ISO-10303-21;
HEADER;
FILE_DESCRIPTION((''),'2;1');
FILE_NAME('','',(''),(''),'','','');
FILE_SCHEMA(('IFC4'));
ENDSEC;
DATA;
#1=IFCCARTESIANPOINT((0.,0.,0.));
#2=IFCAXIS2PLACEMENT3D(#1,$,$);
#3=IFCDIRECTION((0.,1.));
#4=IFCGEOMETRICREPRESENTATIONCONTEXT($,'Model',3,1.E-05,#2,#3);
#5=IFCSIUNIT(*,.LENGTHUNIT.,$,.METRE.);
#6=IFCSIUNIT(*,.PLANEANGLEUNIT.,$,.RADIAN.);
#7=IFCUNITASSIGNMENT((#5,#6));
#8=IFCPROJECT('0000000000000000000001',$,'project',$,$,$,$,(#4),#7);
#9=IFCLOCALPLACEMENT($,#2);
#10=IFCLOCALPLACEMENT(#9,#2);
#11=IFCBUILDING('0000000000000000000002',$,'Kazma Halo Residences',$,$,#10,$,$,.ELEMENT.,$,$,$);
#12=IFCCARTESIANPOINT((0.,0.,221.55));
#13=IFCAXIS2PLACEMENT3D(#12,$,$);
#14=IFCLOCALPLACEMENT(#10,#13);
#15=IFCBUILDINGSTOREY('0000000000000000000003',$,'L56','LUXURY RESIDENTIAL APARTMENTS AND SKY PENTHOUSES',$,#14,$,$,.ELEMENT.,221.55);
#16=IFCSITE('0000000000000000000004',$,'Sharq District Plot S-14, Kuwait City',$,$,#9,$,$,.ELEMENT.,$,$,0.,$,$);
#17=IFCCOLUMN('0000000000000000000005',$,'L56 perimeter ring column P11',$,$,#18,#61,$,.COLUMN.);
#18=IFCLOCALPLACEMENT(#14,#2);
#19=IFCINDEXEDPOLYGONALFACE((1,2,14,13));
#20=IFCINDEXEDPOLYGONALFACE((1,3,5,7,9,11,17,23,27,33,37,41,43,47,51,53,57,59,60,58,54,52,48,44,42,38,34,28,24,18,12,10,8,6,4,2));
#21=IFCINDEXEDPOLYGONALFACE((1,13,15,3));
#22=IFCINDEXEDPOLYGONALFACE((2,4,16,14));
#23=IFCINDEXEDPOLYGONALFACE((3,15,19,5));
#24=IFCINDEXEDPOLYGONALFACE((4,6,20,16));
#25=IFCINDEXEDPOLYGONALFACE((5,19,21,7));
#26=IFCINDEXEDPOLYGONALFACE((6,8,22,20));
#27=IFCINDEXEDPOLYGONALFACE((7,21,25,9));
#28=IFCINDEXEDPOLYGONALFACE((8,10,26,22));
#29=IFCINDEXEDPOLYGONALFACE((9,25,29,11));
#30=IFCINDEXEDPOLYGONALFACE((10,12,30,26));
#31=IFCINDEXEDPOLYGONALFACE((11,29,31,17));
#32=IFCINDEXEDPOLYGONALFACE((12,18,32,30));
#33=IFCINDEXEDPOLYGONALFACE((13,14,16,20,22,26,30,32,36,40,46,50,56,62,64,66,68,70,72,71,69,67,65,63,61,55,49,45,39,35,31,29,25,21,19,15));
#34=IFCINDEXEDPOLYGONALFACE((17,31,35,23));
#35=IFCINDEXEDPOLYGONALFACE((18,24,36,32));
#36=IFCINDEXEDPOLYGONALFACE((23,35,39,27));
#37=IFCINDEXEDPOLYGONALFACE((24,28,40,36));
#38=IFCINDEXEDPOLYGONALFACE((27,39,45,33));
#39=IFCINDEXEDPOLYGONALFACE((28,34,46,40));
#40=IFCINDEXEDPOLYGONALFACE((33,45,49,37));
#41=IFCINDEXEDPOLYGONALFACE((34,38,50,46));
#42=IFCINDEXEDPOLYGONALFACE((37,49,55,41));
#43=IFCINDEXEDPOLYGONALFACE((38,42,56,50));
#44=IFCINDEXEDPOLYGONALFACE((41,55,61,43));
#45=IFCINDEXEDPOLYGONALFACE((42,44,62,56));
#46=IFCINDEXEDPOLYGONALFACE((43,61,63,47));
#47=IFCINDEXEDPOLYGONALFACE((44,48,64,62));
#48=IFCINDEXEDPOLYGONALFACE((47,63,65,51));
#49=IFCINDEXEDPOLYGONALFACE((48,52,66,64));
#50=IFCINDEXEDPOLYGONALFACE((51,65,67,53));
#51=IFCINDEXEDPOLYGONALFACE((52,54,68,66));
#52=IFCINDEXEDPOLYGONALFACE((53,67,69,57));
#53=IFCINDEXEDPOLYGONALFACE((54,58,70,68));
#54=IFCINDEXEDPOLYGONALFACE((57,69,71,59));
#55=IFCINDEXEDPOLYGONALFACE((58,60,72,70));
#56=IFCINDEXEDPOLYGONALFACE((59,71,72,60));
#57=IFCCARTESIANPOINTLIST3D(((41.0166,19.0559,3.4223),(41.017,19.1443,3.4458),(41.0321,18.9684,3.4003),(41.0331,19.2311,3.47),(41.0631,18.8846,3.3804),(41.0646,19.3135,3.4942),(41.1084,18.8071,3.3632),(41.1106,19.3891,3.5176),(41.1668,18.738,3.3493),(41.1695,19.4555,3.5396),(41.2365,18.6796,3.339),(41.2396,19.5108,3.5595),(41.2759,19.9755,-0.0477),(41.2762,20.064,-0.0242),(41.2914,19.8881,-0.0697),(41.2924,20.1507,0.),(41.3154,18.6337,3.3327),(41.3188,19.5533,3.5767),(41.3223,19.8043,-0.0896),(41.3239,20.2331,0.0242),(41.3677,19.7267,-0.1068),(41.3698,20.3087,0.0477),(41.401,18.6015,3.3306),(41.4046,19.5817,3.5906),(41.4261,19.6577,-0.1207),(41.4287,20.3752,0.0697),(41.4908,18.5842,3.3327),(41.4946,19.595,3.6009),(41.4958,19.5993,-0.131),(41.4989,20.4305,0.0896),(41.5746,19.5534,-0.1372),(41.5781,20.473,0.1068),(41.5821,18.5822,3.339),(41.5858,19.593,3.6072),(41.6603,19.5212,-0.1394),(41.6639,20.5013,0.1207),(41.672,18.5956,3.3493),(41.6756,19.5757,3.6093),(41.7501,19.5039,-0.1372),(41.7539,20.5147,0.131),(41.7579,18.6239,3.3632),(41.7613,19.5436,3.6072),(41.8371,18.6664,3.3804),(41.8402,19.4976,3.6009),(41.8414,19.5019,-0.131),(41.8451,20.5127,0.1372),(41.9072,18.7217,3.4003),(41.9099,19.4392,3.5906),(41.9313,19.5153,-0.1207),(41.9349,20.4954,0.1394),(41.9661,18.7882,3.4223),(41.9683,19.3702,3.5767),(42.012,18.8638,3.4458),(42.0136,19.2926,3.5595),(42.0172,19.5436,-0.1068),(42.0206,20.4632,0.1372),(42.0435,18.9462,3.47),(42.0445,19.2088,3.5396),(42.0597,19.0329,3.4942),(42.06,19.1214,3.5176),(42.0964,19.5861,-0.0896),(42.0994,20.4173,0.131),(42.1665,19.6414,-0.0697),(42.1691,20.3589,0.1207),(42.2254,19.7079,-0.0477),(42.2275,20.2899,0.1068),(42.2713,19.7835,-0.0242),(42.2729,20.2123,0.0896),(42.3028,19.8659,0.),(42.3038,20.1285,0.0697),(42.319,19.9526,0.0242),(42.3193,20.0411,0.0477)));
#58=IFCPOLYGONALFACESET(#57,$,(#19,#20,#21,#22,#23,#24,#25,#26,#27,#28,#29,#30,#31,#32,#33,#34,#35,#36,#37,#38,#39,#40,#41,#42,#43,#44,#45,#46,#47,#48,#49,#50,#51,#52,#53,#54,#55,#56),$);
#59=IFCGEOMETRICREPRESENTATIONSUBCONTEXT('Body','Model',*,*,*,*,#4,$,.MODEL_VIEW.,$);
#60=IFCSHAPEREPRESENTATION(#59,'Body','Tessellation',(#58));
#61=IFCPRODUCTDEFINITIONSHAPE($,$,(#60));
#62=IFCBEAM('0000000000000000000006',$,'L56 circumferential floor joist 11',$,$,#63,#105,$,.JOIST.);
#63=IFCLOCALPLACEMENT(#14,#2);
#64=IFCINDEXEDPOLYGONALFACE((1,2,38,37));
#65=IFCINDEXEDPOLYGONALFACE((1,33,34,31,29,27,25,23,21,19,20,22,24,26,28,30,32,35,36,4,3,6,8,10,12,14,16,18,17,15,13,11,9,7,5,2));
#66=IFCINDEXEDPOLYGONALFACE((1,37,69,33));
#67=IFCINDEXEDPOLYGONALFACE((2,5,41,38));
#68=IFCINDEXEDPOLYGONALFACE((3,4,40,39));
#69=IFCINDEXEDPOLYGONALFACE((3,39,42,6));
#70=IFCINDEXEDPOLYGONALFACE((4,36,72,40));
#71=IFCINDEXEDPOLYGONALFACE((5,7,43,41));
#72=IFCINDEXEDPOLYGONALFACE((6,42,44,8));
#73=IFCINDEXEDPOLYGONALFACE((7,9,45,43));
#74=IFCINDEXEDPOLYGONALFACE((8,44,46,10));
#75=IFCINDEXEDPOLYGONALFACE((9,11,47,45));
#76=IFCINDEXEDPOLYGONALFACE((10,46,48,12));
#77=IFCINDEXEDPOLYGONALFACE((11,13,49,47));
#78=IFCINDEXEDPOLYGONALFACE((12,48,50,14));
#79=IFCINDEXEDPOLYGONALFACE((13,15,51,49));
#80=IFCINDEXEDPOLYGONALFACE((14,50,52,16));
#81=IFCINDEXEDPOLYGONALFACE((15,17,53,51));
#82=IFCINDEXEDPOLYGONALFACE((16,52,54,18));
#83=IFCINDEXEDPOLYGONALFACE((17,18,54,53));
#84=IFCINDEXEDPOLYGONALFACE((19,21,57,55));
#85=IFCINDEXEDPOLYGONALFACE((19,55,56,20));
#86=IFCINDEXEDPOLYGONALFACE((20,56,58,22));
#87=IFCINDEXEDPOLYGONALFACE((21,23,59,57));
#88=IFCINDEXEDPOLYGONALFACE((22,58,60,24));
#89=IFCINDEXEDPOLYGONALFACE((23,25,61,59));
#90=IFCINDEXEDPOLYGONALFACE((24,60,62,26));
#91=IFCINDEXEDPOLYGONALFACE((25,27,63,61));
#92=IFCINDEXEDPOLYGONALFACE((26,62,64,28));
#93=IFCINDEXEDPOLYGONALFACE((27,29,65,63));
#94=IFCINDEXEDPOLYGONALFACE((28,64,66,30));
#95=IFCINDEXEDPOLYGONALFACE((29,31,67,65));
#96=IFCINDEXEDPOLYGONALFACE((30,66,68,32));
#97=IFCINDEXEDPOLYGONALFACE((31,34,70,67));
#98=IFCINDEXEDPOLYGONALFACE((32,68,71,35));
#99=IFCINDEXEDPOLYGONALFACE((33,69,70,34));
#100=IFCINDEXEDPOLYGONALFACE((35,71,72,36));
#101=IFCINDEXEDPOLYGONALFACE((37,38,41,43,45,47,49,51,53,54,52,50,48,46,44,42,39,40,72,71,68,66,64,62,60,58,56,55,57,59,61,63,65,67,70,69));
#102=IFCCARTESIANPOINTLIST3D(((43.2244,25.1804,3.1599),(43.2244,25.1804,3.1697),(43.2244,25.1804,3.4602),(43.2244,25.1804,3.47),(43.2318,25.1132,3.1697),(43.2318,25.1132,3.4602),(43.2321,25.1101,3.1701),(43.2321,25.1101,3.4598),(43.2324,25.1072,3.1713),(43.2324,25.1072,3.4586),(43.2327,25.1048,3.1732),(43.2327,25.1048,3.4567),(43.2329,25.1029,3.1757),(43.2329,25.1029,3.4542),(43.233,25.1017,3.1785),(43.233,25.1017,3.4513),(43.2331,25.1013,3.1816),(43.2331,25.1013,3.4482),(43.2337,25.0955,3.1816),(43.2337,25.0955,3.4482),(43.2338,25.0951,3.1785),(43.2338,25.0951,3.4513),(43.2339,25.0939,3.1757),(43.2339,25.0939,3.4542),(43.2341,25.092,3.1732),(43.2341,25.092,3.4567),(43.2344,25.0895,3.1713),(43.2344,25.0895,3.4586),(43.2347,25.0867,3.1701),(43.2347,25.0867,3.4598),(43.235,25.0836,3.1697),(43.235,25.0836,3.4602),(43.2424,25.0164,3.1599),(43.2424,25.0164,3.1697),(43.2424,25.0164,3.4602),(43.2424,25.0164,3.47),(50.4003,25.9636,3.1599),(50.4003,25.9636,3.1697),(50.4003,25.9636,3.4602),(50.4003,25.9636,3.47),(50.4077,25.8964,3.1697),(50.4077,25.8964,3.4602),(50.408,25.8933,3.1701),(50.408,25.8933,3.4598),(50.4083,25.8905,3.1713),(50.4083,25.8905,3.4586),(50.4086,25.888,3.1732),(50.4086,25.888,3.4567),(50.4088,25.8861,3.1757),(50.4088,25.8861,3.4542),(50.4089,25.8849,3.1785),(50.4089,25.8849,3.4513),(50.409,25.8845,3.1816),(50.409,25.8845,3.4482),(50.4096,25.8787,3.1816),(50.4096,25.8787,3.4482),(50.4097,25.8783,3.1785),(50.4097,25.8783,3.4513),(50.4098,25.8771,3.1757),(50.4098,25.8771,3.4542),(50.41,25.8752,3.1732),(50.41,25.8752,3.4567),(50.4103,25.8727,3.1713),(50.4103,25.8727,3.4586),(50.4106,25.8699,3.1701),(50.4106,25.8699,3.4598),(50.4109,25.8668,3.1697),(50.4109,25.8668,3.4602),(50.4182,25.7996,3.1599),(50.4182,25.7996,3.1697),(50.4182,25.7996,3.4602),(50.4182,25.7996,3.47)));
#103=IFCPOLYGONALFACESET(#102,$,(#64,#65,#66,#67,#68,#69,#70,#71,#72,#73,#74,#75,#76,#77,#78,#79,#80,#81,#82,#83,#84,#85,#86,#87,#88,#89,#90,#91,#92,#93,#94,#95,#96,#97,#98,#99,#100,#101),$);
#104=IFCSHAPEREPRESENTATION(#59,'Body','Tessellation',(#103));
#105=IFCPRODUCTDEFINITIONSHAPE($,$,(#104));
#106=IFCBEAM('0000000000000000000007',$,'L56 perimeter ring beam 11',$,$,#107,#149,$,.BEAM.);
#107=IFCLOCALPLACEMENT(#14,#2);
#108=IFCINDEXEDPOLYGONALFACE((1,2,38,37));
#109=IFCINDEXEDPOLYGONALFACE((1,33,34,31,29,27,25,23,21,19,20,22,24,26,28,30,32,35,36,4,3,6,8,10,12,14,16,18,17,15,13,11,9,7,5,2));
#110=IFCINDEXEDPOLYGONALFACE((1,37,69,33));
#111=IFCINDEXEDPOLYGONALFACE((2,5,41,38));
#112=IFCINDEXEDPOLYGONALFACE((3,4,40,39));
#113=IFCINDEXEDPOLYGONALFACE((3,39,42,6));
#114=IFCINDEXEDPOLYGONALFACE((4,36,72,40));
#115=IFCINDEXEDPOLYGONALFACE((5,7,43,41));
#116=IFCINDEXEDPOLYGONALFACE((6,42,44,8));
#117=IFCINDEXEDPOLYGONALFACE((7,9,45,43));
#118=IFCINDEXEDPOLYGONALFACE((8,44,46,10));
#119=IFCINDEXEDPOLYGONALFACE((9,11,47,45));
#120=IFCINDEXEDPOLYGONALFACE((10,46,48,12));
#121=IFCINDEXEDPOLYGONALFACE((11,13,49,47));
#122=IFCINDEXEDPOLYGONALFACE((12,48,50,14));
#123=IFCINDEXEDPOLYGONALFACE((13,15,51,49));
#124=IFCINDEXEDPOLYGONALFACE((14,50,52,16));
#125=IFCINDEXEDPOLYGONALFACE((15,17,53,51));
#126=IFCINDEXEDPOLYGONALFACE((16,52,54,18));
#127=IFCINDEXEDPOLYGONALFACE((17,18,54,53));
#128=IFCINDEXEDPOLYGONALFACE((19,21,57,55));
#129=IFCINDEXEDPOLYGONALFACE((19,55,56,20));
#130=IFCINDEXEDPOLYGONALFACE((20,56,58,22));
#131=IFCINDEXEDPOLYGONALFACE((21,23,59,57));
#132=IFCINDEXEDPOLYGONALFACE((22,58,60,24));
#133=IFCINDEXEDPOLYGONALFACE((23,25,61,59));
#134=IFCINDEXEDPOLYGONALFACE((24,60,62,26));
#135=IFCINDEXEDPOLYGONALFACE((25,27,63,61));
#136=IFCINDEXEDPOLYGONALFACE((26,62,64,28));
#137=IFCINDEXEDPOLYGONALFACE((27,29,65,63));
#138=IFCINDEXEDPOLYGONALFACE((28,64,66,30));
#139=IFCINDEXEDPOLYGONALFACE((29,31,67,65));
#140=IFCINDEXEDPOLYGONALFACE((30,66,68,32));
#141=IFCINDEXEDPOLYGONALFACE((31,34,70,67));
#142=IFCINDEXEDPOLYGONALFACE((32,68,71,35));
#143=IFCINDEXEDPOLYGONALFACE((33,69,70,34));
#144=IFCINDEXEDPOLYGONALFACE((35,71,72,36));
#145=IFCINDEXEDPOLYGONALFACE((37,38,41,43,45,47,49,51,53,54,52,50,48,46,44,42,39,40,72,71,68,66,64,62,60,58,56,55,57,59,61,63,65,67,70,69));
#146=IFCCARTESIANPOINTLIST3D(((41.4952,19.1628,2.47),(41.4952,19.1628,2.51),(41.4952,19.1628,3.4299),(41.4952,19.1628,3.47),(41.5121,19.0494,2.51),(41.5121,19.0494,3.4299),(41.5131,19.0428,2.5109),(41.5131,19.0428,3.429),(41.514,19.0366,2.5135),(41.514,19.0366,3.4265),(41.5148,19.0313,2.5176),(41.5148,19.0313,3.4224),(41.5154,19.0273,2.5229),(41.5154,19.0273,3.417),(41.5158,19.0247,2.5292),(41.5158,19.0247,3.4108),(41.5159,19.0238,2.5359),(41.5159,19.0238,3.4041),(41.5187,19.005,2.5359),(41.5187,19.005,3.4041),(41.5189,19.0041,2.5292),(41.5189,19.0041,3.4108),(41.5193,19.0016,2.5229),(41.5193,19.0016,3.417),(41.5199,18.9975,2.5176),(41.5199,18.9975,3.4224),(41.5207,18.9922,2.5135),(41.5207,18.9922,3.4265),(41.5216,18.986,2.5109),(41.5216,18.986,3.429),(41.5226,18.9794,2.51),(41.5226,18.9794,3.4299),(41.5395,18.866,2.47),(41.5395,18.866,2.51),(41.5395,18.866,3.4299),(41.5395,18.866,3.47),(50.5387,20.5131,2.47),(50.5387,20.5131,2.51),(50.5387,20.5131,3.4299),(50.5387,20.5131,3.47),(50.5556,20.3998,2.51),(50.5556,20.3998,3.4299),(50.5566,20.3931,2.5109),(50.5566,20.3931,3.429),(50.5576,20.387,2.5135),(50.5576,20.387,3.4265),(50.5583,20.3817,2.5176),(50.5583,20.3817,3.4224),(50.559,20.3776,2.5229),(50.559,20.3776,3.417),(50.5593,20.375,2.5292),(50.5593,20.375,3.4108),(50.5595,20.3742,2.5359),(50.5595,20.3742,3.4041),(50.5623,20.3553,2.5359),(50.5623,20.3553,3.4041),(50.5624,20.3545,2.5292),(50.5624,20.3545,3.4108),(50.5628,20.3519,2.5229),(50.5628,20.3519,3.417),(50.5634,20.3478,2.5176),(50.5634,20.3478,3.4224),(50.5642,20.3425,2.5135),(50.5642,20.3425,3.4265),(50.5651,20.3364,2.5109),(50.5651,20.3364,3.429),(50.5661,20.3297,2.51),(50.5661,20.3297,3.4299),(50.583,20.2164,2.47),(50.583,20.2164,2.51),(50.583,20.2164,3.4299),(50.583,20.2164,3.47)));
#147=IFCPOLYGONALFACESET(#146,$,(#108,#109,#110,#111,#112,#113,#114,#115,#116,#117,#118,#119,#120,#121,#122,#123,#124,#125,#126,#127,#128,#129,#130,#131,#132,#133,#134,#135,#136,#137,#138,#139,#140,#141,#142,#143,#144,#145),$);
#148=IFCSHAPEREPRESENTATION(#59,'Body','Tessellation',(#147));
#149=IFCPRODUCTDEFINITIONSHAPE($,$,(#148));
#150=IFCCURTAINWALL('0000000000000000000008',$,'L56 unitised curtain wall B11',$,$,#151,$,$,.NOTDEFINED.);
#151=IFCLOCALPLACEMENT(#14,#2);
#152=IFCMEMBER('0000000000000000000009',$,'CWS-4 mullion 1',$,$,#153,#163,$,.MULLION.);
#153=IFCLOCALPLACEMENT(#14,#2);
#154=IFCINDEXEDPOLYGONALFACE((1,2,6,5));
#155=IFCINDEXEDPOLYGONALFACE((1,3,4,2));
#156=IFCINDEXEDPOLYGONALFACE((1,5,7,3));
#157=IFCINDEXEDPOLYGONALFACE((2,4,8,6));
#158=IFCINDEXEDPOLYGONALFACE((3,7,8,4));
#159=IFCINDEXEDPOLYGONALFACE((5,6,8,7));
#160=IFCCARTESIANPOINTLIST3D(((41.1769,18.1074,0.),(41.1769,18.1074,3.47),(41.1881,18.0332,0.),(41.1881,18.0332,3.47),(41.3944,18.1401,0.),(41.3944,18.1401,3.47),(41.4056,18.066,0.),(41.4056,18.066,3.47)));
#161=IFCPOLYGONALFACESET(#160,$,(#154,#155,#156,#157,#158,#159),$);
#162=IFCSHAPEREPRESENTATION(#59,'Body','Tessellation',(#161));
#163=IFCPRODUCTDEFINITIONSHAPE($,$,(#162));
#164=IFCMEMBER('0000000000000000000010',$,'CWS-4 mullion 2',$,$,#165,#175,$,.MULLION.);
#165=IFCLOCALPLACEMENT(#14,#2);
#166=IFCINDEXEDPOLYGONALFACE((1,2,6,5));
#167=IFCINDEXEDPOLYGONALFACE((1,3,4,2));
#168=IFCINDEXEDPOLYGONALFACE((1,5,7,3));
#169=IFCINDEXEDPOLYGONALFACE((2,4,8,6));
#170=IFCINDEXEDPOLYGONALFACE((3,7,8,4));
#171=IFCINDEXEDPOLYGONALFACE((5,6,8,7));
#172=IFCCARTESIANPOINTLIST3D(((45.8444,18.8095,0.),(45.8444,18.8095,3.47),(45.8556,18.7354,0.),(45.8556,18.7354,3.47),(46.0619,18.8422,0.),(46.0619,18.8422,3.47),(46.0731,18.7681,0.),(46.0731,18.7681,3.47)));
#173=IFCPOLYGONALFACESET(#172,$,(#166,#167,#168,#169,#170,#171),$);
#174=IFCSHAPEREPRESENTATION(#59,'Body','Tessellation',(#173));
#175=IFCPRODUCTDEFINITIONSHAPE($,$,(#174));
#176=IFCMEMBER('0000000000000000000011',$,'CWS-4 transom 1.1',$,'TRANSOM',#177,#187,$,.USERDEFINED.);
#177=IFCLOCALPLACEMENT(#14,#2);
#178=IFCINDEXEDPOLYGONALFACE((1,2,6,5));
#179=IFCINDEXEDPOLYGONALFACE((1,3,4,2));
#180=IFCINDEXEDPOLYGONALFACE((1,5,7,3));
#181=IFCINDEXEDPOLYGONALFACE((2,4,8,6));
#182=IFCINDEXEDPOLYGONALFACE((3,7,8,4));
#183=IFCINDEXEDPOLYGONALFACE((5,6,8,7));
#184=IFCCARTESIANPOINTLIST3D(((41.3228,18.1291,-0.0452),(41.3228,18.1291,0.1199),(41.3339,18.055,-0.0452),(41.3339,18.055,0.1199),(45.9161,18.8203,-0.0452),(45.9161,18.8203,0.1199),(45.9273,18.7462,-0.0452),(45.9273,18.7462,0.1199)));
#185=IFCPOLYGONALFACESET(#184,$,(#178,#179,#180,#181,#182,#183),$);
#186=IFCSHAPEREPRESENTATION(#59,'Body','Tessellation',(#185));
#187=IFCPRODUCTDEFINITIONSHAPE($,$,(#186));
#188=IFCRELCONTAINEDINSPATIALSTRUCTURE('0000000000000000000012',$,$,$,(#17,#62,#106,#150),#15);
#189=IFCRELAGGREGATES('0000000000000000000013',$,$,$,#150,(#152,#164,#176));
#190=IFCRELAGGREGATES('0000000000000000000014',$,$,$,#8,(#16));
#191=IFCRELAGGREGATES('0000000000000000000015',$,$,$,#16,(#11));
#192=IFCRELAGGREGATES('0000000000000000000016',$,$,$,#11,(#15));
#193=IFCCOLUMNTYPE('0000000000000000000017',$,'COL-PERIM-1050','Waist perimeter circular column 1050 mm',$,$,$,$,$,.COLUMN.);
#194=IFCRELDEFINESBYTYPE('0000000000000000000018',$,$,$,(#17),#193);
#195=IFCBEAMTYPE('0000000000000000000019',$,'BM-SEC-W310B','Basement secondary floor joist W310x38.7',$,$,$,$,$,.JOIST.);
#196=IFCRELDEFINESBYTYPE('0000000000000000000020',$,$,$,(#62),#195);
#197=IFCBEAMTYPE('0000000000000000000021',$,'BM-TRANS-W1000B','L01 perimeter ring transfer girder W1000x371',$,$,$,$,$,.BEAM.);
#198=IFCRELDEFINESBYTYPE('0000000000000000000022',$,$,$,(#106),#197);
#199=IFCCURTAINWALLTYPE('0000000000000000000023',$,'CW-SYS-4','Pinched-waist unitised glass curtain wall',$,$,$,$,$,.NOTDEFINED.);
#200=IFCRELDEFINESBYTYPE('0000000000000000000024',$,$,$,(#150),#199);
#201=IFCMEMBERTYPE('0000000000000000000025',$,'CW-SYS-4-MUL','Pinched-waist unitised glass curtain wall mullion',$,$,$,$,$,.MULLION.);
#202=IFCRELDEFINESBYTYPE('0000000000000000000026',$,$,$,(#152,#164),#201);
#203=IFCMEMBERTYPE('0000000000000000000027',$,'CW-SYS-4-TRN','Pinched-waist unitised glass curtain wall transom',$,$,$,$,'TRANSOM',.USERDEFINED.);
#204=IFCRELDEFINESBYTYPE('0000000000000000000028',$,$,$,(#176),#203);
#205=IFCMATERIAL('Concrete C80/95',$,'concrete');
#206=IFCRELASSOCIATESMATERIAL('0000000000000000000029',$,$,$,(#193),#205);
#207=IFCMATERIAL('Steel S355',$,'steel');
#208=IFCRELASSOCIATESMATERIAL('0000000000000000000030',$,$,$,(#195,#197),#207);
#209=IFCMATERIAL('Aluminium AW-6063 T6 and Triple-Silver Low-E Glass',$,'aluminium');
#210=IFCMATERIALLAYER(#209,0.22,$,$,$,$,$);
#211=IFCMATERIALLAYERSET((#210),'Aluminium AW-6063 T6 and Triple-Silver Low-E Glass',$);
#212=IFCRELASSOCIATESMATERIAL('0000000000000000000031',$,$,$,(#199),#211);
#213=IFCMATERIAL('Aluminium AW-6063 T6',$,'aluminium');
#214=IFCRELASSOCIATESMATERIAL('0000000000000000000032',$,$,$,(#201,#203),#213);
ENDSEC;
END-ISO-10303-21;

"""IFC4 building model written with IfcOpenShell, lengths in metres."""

from ifc_helpers import new_model, si_unit, direction, frame, origin, origin_2d, place, context, subcontext, project, spatial, rectangle, circle, i_section, extrude, material, layer, layer_set, material_profile, profile_set, type_object, element, aggregate, save


model = new_model("IFC4")

# Units and contexts
model_context = context("Model", 3, precision=1e-05, world=origin(), true_north=direction((0.0, 1.0)))
body_context = subcontext(model_context, "Body", "Model", "MODEL_VIEW")
ifc_project = project(units=[si_unit("LENGTHUNIT", "METRE"), si_unit("PLANEANGLEUNIT", "RADIAN")], contexts=[model_context])

# Site, building, storey
site_placement = place(None, origin())
site = spatial("IfcSite", under=ifc_project, at=site_placement, Name="Sharq District Plot S-14, Kuwait City", CompositionType="ELEMENT", RefElevation=0.0)
building_placement = place(site_placement, origin())
building = spatial("IfcBuilding", under=site, at=building_placement, Name="Kazma Halo Residences", CompositionType="ELEMENT")
storey_placement = place(building_placement, frame((0.0, 0.0, 221.55)))
storey = spatial("IfcBuildingStorey", under=building, at=storey_placement, Name="L56", Description="LUXURY RESIDENTIAL APARTMENTS AND SKY PENTHOUSES", CompositionType="ELEMENT", Elevation=221.55)

# Column
ifc_material_1 = material(Name="Concrete C80/95", Category="concrete")
ifc_material_profile_1 = material_profile(ifc_material_1, circle(Radius=0.5249, at=origin_2d()), Name="CIRC1050")
ifc_profile_set_1 = profile_set([ifc_material_profile_1], Name="Concrete C80/95")
column_type = type_object("IfcColumnType", Name="COL-PERIM-1050", Description="Waist perimeter circular column 1050 mm", PredefinedType="COLUMN", material=ifc_profile_set_1)
column_placement = place(storey_placement, frame((41.7976, 20.0083, 0.0), z_axis=(-0.072039, -0.255528, 0.964114), x_axis=(0.962482, -0.271345, 0.0)))
element("IfcColumn", 1, at=column_placement, inside=storey, type_object=column_type, Name="L56 perimeter ring column P11", PredefinedType="COLUMN", context=body_context, shape_type="SweptSolid", body=[
    extrude(circle(Radius=0.5249, at=origin_2d()), origin(), (0.0, 0.0, 1.0), 3.5991),
])

# Beams
ifc_material_2 = material(Name="Steel S355", Category="steel")
ifc_material_profile_2 = material_profile(ifc_material_2, i_section(OverallWidth=0.165, OverallDepth=0.3101, WebThickness=0.0059, FlangeThickness=0.0098, FilletRadius=0.012, at=origin_2d()), Name="W310x38.7")
ifc_profile_set_2 = profile_set([ifc_material_profile_2], Name="Steel S355")
beam_type_1 = type_object("IfcBeamType", Name="BM-SEC-W310B", Description="Basement secondary floor joist W310x38.7", PredefinedType="JOIST", material=ifc_profile_set_2)
beam_1_placement = place(storey_placement, frame((43.2334, 25.0984, 3.3149), z_axis=(0.994096, 0.108501, 0.0), x_axis=(-0.108501, 0.994096, 0.0)))
element("IfcBeam", 2, at=beam_1_placement, inside=storey, type_object=beam_type_1, Name="L56 circumferential floor joist 11", PredefinedType="JOIST", context=body_context, shape_type="SweptSolid", body=[
    extrude(i_section(OverallWidth=0.165, OverallDepth=0.3101, WebThickness=0.0059, FlangeThickness=0.0098, FilletRadius=0.012, at=origin_2d()), origin(), (0.0, 0.0, 1.0), 7.2185),
])
ifc_material_profile_3 = material_profile(ifc_material_2, i_section(OverallWidth=0.3, OverallDepth=1.0, WebThickness=0.019, FlangeThickness=0.04, FilletRadius=0.0259, at=origin_2d()), Name="W1000x371")
ifc_profile_set_3 = profile_set([ifc_material_profile_3], Name="Steel S355")
beam_type_2 = type_object("IfcBeamType", Name="BM-TRANS-W1000B", Description="L01 perimeter ring transfer girder W1000x371", PredefinedType="BEAM", material=ifc_profile_set_3)
beam_2_placement = place(storey_placement, frame((41.5173, 19.0144, 2.97), z_axis=(0.989035, 0.14768, 0.0), x_axis=(-0.14768, 0.989035, 0.0)))
element("IfcBeam", 3, at=beam_2_placement, inside=storey, type_object=beam_type_2, Name="L56 perimeter ring beam 11", PredefinedType="BEAM", context=body_context, shape_type="SweptSolid", body=[
    extrude(i_section(OverallWidth=0.3, OverallDepth=1.0, WebThickness=0.019, FlangeThickness=0.04, FilletRadius=0.0259, at=origin_2d()), origin(), (0.0, 0.0, 1.0), 9.1438),
])

# Curtain wall, members
ifc_material_3 = material(Name="Aluminium AW-6063 T6 and Triple-Silver Low-E Glass", Category="aluminium")
ifc_layer_1 = layer(ifc_material_3, 0.22)
ifc_layer_set_1 = layer_set([ifc_layer_1], Name="Aluminium AW-6063 T6 and Triple-Silver Low-E Glass")
curtain_wall_type = type_object("IfcCurtainWallType", Name="CW-SYS-4", Description="Pinched-waist unitised glass curtain wall", PredefinedType="NOTDEFINED", material=ifc_layer_set_1)
curtain_wall_placement = place(storey_placement, origin())
curtain_wall = element("IfcCurtainWall", 4, at=curtain_wall_placement, inside=storey, type_object=curtain_wall_type, Name="L56 unitised curtain wall B11", PredefinedType="NOTDEFINED")
ifc_material_4 = material(Name="Aluminium AW-6063 T6", Category="aluminium")
ifc_material_profile_4 = material_profile(ifc_material_4, rectangle(XDim=0.075, YDim=0.22, at=origin_2d()), Name="CWM-75x220")
ifc_profile_set_4 = profile_set([ifc_material_profile_4], Name="Aluminium AW-6063 T6")
member_type_1 = type_object("IfcMemberType", Name="CW-SYS-4-MUL", Description="Pinched-waist unitised glass curtain wall mullion", PredefinedType="MULLION", material=ifc_profile_set_4)
member_1_placement = place(storey_placement, frame((41.2913, 18.0867, 0.0), z_axis=(0.0, 0.0, 1.0), x_axis=(-0.148773, 0.988871, 0.0)))
member_1 = element("IfcMember", 5, at=member_1_placement, type_object=member_type_1, Name="CWS-4 mullion 1", PredefinedType="MULLION", context=body_context, shape_type="SweptSolid", body=[
    extrude(rectangle(XDim=0.075, YDim=0.22, at=origin_2d()), origin(), (0.0, 0.0, 1.0), 3.47),
])
member_2_placement = place(storey_placement, frame((45.9587, 18.7888, 0.0), z_axis=(0.0, 0.0, 1.0), x_axis=(-0.148773, 0.988871, 0.0)))
member_2 = element("IfcMember", 6, at=member_2_placement, type_object=member_type_1, Name="CWS-4 mullion 2", PredefinedType="MULLION", context=body_context, shape_type="SweptSolid", body=[
    extrude(rectangle(XDim=0.075, YDim=0.22, at=origin_2d()), origin(), (0.0, 0.0, 1.0), 3.47),
])
ifc_material_profile_5 = material_profile(ifc_material_4, rectangle(XDim=0.075, YDim=0.165, at=origin_2d()), Name="CWT-75x165")
ifc_profile_set_5 = profile_set([ifc_material_profile_5], Name="Aluminium AW-6063 T6")
member_type_2 = type_object("IfcMemberType", Name="CW-SYS-4-TRN", Description="Pinched-waist unitised glass curtain wall transom", ElementType="TRANSOM", PredefinedType="USERDEFINED", material=ifc_profile_set_5)
member_3_placement = place(storey_placement, frame((41.3284, 18.092, 0.0374), z_axis=(0.988868, 0.148798, 0.0), x_axis=(-0.148798, 0.988868, 0.0)))
member_3 = element("IfcMember", 7, at=member_3_placement, type_object=member_type_2, Name="CWS-4 transom 1.1", ObjectType="TRANSOM", PredefinedType="USERDEFINED", context=body_context, shape_type="SweptSolid", body=[
    extrude(rectangle(XDim=0.075, YDim=0.165, at=origin_2d()), origin(), (0.0, 0.0, 1.0), 4.645),
])
aggregate(curtain_wall, [member_1, member_2, member_3])

save(model, "model.ifc")
